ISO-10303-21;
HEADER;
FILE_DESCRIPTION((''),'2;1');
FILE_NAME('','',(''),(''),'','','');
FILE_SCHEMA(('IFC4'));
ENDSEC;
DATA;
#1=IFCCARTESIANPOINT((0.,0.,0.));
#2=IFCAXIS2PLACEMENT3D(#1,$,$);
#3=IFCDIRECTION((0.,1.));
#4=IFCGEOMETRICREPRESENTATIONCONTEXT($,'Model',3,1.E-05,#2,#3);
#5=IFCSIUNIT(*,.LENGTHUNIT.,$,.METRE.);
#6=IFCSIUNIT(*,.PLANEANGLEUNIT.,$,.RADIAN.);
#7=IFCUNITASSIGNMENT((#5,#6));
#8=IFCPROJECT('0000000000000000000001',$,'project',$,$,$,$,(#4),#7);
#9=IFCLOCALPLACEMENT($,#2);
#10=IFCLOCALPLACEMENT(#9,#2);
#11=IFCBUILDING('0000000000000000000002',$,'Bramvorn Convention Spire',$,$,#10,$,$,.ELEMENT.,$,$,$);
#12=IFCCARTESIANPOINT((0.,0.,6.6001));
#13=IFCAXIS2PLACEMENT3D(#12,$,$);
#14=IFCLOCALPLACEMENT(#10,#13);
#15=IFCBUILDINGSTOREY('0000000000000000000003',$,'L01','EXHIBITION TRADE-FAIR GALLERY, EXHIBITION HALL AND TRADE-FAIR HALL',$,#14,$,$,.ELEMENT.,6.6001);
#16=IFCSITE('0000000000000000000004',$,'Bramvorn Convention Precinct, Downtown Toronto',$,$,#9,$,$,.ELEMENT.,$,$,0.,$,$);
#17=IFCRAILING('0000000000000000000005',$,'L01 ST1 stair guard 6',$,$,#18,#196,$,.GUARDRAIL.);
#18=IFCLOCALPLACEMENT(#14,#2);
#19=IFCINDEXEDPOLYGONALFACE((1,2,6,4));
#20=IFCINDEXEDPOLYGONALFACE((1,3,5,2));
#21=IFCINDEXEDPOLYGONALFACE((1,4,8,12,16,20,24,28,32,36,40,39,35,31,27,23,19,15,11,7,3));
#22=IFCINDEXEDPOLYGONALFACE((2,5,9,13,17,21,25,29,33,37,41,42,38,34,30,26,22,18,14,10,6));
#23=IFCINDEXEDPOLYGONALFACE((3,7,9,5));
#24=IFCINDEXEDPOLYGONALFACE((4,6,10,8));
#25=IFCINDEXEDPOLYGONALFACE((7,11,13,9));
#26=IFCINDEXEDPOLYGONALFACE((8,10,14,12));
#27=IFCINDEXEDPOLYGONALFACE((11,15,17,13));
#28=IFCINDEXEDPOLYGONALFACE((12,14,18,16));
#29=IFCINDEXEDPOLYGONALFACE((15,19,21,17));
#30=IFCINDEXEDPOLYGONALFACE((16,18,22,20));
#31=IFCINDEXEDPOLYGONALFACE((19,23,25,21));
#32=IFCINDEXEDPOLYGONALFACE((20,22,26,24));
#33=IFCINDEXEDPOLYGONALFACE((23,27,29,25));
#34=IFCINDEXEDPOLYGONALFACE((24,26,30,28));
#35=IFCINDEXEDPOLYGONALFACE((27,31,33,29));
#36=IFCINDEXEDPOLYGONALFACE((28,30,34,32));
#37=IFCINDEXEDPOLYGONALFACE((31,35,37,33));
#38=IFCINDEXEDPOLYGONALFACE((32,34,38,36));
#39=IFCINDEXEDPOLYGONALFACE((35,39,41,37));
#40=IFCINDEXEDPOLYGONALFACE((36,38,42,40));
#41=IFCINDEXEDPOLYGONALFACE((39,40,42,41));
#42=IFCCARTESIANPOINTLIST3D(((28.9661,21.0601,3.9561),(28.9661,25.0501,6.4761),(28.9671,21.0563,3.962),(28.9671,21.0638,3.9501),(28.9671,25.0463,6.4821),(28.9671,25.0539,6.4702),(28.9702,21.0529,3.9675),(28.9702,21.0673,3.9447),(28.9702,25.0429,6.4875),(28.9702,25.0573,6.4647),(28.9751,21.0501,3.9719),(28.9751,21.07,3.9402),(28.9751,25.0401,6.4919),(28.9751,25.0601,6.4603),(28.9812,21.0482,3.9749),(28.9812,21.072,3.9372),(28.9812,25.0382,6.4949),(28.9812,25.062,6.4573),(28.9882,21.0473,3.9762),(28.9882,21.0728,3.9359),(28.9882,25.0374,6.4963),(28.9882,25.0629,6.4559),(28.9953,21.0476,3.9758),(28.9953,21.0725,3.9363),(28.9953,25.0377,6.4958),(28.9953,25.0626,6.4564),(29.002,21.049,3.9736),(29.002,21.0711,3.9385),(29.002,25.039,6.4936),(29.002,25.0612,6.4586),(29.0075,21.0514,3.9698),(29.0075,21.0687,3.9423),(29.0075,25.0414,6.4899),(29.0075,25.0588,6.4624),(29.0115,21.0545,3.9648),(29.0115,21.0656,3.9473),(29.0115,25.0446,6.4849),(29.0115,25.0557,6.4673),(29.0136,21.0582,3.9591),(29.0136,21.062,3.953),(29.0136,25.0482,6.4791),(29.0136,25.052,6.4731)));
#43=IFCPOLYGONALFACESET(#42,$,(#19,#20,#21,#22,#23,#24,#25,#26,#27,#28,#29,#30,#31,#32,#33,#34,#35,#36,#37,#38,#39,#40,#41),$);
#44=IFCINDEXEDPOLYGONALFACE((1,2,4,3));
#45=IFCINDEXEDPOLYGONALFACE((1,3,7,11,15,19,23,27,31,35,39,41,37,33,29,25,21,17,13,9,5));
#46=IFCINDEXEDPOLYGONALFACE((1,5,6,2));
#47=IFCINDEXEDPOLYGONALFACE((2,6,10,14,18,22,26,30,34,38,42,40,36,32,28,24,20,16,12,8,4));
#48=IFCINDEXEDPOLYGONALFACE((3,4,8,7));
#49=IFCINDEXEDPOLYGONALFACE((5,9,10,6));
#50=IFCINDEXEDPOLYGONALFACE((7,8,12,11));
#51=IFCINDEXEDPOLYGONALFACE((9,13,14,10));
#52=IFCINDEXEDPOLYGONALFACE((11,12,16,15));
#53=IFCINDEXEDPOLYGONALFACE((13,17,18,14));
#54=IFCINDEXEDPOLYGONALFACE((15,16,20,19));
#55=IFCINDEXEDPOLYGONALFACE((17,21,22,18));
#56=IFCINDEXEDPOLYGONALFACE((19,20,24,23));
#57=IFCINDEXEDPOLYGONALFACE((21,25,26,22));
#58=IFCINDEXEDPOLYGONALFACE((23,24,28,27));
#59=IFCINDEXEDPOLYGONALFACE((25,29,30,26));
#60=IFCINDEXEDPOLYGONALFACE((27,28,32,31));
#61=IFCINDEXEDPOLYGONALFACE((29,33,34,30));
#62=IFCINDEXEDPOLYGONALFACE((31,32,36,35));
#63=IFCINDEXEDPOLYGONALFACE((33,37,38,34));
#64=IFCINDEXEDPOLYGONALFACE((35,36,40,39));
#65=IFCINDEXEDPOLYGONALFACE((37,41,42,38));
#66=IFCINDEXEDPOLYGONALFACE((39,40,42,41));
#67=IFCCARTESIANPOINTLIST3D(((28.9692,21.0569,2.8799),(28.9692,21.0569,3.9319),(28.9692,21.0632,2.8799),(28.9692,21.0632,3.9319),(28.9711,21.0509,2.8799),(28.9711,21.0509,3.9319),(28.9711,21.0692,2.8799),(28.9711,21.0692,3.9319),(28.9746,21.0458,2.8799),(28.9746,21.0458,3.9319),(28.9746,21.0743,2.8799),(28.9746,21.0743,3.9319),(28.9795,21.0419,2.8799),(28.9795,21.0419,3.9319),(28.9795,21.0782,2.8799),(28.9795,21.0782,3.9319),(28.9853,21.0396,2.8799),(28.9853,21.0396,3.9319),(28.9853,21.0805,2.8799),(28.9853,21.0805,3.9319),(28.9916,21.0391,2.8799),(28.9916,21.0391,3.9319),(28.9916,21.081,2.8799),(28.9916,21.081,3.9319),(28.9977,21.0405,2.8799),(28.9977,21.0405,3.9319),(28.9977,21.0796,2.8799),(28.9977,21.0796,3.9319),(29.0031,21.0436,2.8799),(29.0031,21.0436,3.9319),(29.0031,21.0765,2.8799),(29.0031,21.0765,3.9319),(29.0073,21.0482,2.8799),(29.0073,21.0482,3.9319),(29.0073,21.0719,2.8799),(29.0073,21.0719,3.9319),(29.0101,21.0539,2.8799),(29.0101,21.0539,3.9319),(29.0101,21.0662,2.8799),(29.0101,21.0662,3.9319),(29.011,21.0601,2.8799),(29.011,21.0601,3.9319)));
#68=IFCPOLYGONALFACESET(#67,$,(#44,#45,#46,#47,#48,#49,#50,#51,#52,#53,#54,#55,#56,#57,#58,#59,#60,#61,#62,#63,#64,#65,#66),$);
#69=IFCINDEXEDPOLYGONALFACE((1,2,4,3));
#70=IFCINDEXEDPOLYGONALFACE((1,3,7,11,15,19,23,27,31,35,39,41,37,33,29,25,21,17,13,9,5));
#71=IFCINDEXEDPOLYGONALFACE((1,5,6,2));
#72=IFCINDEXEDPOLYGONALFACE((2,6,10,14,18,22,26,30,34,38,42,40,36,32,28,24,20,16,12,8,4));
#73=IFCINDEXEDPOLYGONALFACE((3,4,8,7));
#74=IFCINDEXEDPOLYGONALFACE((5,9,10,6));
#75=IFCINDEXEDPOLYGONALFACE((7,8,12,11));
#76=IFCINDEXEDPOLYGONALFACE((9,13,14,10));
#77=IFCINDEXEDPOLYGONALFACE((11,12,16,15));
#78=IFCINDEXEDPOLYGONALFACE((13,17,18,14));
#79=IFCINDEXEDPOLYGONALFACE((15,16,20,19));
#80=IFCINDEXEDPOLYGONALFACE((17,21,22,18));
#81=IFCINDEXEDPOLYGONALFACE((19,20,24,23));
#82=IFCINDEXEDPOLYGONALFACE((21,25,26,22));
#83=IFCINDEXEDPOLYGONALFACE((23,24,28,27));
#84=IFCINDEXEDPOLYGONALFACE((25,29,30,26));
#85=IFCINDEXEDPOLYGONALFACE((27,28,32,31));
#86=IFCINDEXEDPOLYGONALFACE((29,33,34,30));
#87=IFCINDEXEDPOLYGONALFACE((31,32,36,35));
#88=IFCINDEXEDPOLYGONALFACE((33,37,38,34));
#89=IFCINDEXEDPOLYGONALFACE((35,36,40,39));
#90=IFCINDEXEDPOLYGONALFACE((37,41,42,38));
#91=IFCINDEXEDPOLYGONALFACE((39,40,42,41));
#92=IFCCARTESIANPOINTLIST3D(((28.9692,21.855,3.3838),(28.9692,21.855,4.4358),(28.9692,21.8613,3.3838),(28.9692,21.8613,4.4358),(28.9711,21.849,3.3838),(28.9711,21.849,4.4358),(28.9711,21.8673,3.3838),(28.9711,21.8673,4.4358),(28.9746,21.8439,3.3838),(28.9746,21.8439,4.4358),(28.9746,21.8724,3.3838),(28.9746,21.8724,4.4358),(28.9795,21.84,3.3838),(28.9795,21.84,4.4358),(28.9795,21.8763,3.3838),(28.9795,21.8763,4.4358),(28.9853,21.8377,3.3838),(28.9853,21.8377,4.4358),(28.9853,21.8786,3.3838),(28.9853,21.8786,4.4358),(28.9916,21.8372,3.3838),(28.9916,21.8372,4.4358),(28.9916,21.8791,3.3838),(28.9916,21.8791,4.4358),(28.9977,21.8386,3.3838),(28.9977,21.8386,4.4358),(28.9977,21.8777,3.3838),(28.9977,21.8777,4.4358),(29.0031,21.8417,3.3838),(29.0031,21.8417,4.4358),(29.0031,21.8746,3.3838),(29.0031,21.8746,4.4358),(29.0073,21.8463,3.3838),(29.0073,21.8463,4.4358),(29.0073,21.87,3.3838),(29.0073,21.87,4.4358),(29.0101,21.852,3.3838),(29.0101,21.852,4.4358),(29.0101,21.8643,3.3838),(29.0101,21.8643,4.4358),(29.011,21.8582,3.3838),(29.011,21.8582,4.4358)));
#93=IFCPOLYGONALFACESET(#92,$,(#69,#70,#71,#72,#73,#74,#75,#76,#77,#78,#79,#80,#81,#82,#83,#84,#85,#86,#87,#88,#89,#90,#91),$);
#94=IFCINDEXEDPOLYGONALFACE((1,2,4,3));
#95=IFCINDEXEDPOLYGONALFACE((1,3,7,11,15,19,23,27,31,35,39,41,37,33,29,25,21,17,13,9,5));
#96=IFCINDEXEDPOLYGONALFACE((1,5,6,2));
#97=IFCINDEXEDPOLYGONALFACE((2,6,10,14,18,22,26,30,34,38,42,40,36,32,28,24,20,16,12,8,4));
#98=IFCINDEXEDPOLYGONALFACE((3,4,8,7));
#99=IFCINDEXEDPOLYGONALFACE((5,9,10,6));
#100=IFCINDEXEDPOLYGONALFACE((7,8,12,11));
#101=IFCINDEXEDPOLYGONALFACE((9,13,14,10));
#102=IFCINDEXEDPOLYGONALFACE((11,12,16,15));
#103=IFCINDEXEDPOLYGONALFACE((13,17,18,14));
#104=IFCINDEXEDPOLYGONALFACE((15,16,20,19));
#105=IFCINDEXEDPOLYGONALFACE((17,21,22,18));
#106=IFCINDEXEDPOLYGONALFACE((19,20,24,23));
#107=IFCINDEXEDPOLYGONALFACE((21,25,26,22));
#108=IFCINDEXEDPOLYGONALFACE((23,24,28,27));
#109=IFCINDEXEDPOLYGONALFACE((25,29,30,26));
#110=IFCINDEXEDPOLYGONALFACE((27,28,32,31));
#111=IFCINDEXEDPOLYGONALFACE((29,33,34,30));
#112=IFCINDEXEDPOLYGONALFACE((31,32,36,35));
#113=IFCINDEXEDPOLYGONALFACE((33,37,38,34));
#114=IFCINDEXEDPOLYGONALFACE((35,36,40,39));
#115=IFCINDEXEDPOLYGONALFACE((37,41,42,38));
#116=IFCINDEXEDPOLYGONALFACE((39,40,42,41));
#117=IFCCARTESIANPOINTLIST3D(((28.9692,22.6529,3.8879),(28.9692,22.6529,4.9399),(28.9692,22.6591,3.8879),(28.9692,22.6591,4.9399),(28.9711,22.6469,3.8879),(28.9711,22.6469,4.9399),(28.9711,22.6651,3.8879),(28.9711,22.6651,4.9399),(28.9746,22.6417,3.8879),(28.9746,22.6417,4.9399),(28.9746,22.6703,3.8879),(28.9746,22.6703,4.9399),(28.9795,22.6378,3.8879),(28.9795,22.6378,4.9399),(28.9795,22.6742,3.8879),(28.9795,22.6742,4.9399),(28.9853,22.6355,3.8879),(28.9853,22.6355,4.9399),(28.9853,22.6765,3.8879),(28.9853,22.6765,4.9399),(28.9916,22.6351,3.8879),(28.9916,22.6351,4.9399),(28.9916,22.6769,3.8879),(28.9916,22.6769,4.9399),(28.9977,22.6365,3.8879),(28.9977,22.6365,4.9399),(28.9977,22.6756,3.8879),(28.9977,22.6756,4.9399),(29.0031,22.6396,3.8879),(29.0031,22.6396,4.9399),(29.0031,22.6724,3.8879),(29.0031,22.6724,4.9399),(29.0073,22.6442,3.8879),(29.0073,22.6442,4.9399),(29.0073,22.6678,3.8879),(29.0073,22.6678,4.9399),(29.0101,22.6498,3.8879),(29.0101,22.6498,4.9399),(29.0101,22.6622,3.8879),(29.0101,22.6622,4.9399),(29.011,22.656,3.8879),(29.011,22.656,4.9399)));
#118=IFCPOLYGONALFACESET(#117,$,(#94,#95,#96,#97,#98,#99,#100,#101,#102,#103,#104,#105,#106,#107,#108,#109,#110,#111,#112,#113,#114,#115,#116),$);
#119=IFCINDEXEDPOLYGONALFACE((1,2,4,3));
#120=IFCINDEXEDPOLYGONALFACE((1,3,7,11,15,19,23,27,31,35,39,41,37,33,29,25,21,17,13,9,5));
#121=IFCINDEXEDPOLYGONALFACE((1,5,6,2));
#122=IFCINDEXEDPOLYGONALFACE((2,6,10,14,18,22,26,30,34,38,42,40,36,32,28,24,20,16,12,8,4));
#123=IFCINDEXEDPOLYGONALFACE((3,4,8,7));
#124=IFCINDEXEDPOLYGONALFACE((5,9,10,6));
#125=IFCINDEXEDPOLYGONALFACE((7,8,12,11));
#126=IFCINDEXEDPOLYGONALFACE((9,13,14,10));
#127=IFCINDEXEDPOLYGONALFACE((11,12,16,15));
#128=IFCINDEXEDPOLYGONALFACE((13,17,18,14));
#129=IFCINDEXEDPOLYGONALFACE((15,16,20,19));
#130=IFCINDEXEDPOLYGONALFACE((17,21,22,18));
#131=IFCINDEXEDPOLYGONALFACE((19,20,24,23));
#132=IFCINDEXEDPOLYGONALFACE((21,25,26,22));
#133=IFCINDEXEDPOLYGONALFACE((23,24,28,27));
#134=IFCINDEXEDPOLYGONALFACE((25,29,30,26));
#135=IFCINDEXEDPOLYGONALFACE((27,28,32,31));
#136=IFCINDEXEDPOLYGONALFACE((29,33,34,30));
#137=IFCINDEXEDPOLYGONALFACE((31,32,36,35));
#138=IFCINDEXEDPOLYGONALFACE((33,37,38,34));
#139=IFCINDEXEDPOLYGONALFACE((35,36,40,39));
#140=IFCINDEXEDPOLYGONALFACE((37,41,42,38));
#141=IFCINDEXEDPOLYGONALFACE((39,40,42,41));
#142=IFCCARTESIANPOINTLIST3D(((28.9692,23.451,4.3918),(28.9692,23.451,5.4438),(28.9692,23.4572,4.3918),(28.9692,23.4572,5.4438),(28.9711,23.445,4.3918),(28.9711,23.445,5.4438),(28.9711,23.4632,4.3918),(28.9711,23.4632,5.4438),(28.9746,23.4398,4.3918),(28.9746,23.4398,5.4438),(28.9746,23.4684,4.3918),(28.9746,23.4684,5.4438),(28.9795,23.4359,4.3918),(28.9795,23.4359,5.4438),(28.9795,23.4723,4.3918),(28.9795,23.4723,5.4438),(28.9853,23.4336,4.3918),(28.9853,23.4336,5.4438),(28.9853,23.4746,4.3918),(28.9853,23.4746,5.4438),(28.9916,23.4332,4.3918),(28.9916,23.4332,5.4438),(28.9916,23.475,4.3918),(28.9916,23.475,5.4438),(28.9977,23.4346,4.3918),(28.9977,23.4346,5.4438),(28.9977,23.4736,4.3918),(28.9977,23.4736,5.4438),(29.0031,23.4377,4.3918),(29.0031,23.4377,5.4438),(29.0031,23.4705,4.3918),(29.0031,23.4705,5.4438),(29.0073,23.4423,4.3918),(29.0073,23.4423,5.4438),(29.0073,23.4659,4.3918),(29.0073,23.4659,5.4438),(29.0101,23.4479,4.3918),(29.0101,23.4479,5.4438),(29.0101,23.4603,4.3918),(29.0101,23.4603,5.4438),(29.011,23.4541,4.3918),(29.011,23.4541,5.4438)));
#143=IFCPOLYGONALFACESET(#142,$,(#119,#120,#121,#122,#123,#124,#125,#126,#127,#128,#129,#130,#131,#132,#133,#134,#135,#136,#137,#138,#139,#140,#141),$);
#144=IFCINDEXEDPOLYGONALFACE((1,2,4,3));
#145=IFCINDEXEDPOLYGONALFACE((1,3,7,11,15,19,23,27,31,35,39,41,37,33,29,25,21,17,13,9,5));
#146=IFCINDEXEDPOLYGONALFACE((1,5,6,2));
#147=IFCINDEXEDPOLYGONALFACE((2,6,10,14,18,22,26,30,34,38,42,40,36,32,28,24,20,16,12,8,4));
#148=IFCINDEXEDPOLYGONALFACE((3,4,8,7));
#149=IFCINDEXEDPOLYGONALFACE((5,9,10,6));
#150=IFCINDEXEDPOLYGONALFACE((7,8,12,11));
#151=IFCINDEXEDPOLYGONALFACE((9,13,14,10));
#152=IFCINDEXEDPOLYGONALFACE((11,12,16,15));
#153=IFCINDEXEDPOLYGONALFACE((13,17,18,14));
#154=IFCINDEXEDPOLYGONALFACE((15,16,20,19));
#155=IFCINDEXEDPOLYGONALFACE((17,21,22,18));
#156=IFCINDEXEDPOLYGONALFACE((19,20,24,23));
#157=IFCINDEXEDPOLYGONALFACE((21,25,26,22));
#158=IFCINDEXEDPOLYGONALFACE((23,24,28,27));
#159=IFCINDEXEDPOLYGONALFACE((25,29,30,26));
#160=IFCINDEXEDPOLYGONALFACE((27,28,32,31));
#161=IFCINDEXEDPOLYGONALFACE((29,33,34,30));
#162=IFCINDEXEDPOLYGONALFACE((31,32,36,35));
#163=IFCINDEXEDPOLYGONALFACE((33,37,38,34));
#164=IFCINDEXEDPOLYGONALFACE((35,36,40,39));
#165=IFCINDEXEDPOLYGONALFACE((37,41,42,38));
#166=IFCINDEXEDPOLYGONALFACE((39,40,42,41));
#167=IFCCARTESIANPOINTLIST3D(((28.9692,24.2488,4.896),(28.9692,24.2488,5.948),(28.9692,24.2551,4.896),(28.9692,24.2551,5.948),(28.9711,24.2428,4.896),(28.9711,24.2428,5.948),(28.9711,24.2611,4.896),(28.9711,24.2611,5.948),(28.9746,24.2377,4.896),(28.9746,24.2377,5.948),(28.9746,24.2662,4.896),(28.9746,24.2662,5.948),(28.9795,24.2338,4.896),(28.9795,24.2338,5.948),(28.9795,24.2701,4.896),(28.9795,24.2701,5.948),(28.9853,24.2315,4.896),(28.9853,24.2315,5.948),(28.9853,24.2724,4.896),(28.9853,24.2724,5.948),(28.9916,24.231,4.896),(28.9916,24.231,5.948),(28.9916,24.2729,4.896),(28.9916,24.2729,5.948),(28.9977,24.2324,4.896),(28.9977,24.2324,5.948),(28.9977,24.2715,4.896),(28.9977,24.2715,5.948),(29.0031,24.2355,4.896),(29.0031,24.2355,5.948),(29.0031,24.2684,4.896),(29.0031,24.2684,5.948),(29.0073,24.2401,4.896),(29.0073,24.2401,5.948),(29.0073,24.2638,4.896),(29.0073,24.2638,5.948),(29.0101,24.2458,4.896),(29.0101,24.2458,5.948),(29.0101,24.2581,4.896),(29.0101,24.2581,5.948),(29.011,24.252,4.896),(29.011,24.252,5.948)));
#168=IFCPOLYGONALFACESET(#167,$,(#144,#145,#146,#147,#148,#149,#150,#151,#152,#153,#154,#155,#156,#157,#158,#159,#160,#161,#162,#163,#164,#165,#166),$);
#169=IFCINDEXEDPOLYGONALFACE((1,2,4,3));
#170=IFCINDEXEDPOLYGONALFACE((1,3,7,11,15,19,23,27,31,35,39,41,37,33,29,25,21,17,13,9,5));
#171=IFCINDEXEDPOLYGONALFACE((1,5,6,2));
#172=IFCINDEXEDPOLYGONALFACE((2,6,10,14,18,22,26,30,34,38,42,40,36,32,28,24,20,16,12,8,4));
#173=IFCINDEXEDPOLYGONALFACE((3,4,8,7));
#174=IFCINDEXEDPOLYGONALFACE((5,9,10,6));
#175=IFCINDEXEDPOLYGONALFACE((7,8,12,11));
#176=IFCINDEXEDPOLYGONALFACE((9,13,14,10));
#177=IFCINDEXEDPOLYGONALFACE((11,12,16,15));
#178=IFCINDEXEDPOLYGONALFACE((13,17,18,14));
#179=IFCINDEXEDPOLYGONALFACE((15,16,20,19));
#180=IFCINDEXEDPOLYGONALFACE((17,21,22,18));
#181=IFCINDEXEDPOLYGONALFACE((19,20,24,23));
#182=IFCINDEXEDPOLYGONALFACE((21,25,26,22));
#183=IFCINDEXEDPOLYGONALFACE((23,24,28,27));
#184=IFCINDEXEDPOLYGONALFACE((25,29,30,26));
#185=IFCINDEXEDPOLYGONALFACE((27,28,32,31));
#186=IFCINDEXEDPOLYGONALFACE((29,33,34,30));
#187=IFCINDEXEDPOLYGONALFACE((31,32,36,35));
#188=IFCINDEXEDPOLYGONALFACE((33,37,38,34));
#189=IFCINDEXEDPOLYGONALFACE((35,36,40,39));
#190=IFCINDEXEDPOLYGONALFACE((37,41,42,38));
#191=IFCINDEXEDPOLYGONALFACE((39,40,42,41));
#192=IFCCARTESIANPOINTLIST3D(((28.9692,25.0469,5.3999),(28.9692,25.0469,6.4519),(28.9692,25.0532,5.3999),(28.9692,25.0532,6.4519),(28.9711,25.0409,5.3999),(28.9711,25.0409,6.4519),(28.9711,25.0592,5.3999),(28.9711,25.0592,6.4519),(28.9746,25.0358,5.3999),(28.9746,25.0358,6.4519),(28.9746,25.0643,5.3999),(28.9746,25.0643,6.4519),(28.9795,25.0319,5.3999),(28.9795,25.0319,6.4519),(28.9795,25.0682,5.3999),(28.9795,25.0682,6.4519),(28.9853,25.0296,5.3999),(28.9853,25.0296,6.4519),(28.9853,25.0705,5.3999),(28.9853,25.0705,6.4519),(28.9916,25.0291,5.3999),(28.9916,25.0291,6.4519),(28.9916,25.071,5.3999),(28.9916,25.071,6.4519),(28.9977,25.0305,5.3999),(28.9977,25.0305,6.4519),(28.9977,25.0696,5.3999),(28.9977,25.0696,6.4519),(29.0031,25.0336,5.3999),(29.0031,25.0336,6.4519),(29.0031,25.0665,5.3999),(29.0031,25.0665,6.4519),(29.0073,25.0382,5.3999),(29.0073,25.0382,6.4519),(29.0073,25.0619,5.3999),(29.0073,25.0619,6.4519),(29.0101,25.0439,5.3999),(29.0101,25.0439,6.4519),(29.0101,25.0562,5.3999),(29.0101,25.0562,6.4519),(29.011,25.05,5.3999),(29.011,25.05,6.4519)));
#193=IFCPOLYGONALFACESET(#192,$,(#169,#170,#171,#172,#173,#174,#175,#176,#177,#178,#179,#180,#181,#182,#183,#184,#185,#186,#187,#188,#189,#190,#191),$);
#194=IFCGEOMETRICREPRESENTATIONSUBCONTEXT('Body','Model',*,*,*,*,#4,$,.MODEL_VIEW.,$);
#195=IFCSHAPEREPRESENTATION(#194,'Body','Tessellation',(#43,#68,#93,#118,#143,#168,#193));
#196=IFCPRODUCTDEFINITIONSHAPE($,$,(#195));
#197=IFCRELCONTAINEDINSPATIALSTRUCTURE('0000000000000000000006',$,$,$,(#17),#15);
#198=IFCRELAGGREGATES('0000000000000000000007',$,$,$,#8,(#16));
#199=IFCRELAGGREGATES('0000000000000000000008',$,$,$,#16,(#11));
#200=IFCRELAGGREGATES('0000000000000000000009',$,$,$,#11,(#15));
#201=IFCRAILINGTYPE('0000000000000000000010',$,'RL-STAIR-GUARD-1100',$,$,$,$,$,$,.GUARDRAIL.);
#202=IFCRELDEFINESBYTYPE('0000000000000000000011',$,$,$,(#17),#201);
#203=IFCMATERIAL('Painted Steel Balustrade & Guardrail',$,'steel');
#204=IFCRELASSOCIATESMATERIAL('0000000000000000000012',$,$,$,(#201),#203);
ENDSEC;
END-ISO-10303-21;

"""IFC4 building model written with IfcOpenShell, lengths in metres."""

from ifc_helpers import new_model, si_unit, direction, frame, origin, origin_2d, place, context, subcontext, project, spatial, circle, extrude, material, type_object, element, save


model = new_model("IFC4")

# Units and contexts
model_context = context("Model", 3, precision=1e-05, world=origin(), true_north=direction((0.0, 1.0)))
body_context = subcontext(model_context, "Body", "Model", "MODEL_VIEW")
ifc_project = project(units=[si_unit("LENGTHUNIT", "METRE"), si_unit("PLANEANGLEUNIT", "RADIAN")], contexts=[model_context])

# Site, building, storey
site_placement = place(None, origin())
site = spatial("IfcSite", under=ifc_project, at=site_placement, Name="Bramvorn Convention Precinct, Downtown Toronto", CompositionType="ELEMENT", RefElevation=0.0)
building_placement = place(site_placement, origin())
building = spatial("IfcBuilding", under=site, at=building_placement, Name="Bramvorn Convention Spire", CompositionType="ELEMENT")
storey_placement = place(building_placement, frame((0.0, 0.0, 6.6001)))
storey = spatial("IfcBuildingStorey", under=building, at=storey_placement, Name="L01", Description="EXHIBITION TRADE-FAIR GALLERY, EXHIBITION HALL AND TRADE-FAIR HALL", CompositionType="ELEMENT", Elevation=6.6001)

# Railing
ifc_material_1 = material(Name="Painted Steel Balustrade & Guardrail", Category="steel")
railing_type = type_object("IfcRailingType", Name="RL-STAIR-GUARD-1100", PredefinedType="GUARDRAIL", material=ifc_material_1)
railing_1_placement = place(storey_placement, frame((28.99, 21.0601, 2.8799)))
element("IfcRailing", 1, at=railing_1_placement, inside=storey, type_object=railing_type, Name="L01 ST1 stair guard 6", PredefinedType="GUARDRAIL", context=body_context, shape_type="SweptSolid", body=[
    extrude(circle(Radius=0.0239, at=origin_2d()), frame((0.0, 0.0, 1.0762), z_axis=(0.0, 0.845486, 0.533997), x_axis=(-1.0, 0.0, 0.0)), (0.0, 0.0, 1.0), 4.7192),
    extrude(circle(Radius=0.021, at=origin_2d()), origin(), (0.0, 0.0, 1.0), 1.052),
    extrude(circle(Radius=0.021, at=origin_2d()), frame((0.0, 0.7981, 0.5039)), (0.0, 0.0, 1.0), 1.052),
    extrude(circle(Radius=0.021, at=origin_2d()), frame((0.0, 1.5959, 1.0081)), (0.0, 0.0, 1.0), 1.052),
    extrude(circle(Radius=0.021, at=origin_2d()), frame((0.0, 2.394, 1.512)), (0.0, 0.0, 1.0), 1.052),
    extrude(circle(Radius=0.021, at=origin_2d()), frame((0.0, 3.1919, 2.0161)), (0.0, 0.0, 1.0), 1.052),
    extrude(circle(Radius=0.021, at=origin_2d()), frame((0.0, 3.99, 2.52)), (0.0, 0.0, 1.0), 1.052),
])

save(model, "model.ifc")
